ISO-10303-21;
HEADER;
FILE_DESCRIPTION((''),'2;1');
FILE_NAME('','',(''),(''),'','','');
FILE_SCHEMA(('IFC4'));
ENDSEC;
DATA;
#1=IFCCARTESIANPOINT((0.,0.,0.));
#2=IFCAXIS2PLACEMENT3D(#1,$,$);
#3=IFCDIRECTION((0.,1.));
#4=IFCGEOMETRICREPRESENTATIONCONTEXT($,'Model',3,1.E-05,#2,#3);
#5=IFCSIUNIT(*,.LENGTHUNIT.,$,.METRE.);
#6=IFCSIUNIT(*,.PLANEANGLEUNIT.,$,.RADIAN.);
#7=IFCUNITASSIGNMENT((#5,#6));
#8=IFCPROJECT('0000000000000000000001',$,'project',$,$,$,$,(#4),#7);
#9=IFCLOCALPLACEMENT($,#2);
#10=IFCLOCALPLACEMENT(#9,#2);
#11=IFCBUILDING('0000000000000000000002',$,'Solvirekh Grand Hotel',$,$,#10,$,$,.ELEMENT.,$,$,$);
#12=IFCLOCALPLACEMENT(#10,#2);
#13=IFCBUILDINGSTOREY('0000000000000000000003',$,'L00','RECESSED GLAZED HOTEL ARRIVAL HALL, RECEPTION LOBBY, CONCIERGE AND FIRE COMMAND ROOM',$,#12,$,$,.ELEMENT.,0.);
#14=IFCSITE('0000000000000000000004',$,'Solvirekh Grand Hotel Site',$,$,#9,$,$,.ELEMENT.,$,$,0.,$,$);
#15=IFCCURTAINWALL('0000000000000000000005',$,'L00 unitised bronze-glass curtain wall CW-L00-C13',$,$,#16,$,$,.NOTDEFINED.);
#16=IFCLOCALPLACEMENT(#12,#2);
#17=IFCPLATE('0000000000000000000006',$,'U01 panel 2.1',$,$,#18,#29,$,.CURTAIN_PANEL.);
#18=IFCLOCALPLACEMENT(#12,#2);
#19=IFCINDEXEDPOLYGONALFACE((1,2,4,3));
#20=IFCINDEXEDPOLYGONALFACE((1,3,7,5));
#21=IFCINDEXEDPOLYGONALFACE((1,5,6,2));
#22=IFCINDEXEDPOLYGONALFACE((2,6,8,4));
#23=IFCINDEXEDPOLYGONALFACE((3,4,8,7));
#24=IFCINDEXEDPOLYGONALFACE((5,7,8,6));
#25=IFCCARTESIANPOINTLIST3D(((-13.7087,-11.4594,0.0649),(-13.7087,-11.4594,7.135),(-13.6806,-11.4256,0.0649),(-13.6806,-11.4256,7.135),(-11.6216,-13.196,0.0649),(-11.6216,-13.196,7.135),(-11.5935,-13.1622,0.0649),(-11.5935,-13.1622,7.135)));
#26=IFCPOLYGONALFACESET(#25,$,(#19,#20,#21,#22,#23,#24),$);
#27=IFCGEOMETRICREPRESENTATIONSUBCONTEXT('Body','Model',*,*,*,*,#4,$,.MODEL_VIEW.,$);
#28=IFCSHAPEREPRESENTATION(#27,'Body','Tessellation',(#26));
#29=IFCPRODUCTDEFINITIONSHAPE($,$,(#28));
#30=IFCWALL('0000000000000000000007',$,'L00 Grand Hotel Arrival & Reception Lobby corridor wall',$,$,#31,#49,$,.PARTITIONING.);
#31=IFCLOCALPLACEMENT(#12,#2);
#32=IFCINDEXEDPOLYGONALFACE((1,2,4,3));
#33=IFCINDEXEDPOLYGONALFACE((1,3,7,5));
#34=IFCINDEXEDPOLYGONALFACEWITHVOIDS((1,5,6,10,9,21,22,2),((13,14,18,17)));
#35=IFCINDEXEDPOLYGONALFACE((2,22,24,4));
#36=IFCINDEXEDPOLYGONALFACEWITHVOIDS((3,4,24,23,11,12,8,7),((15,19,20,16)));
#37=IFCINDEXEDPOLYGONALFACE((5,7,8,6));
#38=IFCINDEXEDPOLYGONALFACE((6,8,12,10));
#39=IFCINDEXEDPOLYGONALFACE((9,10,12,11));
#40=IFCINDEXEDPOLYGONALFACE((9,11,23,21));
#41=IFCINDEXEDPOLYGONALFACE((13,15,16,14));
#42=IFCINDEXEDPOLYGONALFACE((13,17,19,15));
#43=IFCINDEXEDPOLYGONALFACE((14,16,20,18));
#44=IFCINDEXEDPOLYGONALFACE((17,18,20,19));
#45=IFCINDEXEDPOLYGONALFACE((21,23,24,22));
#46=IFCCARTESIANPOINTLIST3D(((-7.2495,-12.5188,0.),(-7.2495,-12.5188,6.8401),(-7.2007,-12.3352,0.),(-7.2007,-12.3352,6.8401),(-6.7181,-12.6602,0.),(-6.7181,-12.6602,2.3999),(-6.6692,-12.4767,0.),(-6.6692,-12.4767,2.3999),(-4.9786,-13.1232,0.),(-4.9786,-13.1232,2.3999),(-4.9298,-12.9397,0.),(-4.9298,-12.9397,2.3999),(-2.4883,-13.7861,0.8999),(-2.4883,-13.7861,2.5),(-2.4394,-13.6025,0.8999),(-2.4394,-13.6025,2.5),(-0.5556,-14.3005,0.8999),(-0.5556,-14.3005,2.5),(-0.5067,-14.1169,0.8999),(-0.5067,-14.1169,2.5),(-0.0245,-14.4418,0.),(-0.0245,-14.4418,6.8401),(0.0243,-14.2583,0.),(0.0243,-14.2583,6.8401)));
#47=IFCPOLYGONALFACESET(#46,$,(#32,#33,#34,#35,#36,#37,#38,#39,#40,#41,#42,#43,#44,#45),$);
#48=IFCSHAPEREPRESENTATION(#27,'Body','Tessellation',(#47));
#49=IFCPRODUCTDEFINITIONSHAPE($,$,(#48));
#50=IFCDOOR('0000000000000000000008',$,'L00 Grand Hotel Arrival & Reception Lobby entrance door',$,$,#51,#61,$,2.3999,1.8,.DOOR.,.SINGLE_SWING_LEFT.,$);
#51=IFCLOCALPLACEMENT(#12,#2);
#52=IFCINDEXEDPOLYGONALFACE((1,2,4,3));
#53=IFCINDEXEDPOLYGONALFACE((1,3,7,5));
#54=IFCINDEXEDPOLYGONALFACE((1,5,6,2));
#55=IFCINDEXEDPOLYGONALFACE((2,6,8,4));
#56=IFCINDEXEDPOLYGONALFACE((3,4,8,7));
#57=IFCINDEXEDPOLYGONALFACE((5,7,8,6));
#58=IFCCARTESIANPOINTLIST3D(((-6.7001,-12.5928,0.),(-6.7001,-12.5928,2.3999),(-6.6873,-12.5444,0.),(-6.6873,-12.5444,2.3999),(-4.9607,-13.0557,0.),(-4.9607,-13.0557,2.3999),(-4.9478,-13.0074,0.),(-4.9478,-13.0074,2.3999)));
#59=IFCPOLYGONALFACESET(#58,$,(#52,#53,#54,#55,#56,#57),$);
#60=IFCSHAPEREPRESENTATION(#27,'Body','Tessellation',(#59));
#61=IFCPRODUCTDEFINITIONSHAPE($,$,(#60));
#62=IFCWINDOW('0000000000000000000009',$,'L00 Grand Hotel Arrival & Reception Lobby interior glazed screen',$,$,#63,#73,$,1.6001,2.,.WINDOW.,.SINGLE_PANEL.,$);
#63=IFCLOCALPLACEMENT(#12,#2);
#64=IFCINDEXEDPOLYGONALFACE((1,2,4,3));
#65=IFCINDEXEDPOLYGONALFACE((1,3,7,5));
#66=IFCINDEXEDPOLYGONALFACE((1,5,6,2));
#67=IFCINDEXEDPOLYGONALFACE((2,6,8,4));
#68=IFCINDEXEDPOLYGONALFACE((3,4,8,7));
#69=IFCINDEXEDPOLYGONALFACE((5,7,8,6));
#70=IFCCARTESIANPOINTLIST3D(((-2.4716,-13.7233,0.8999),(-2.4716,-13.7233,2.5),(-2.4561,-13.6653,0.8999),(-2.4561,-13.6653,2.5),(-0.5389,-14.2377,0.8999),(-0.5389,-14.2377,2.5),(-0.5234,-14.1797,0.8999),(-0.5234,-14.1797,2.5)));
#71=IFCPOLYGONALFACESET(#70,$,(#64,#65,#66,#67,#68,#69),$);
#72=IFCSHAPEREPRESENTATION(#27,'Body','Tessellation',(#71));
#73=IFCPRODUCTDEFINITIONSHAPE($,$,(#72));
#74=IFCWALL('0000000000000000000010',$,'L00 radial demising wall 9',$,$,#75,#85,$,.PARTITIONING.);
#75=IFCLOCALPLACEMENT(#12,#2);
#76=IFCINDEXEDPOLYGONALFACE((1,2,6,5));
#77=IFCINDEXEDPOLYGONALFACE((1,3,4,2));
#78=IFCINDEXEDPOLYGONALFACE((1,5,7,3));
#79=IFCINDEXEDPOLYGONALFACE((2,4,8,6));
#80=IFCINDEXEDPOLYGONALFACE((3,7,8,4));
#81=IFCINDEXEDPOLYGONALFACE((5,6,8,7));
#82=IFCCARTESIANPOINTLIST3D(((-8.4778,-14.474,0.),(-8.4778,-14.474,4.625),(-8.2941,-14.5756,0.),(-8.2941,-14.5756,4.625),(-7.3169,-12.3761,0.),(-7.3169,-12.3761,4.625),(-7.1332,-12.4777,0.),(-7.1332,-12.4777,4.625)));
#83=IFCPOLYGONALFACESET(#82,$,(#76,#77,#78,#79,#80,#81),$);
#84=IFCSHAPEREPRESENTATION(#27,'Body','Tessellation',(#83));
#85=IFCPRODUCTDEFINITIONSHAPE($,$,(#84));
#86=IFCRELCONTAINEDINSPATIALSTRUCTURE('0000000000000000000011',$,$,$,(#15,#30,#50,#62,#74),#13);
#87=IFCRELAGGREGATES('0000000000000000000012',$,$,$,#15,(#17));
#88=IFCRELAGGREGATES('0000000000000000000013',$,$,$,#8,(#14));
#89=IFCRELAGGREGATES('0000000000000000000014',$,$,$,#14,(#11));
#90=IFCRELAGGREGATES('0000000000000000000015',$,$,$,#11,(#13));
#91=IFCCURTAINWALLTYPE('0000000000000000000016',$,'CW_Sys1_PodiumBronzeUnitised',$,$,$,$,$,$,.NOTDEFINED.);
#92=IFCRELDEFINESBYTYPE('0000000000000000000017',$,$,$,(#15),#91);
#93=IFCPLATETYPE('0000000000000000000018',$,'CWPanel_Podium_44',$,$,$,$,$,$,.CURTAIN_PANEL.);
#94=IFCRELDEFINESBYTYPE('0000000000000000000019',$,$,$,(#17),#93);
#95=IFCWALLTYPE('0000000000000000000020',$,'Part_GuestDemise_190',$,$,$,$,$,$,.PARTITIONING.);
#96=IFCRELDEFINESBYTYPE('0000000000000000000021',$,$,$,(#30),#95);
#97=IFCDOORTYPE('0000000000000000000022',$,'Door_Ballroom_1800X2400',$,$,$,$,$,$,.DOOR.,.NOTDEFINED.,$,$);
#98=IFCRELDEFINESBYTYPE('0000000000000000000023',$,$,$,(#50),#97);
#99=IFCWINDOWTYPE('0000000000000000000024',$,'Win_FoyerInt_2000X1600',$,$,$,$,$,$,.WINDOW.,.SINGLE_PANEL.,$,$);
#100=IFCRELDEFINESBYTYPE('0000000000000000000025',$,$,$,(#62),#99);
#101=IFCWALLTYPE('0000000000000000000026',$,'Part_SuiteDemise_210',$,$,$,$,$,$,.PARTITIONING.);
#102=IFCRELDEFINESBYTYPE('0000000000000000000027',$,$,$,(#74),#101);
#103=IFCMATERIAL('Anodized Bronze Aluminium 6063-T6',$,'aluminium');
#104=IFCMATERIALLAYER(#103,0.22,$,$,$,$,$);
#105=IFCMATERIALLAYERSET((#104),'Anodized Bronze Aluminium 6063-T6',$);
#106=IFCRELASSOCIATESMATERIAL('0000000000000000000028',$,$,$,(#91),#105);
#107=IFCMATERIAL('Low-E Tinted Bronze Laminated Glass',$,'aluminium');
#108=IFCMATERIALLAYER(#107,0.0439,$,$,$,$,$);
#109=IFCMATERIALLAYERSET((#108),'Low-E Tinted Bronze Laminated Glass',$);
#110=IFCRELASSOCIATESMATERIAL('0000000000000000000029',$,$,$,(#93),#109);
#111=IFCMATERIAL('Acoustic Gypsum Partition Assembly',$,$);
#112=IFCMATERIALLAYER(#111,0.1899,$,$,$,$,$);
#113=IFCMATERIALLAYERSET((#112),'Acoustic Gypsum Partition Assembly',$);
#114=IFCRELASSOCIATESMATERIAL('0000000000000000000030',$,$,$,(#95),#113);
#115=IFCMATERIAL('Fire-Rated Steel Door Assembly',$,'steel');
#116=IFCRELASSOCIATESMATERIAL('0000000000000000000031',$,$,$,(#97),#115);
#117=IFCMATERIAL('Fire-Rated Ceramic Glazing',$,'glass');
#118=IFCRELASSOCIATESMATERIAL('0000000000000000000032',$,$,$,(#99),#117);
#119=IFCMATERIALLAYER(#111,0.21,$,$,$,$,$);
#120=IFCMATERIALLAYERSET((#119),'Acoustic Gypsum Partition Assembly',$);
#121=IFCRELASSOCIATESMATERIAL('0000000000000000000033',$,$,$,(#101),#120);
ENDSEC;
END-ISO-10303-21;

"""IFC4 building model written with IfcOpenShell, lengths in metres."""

from ifc_helpers import new_model, si_unit, direction, frame, frame_2d, origin, origin_2d, place, context, subcontext, project, spatial, rectangle, extrude, source, transform, mapped, material, layer, layer_set, type_object, element, fill, aggregate, save


model = new_model("IFC4")

# Units and contexts
model_context = context("Model", 3, precision=1e-05, world=origin(), true_north=direction((0.0, 1.0)))
body_context = subcontext(model_context, "Body", "Model", "MODEL_VIEW")
ifc_project = project(units=[si_unit("LENGTHUNIT", "METRE"), si_unit("PLANEANGLEUNIT", "RADIAN")], contexts=[model_context])

# Site, building, storey
site_placement = place(None, origin())
site = spatial("IfcSite", under=ifc_project, at=site_placement, Name="Solvirekh Grand Hotel Site", CompositionType="ELEMENT", RefElevation=0.0)
building_placement = place(site_placement, origin())
building = spatial("IfcBuilding", under=site, at=building_placement, Name="Solvirekh Grand Hotel", CompositionType="ELEMENT")
storey_placement = place(building_placement, origin())
storey = spatial("IfcBuildingStorey", under=building, at=storey_placement, Name="L00", Description="RECESSED GLAZED HOTEL ARRIVAL HALL, RECEPTION LOBBY, CONCIERGE AND FIRE COMMAND ROOM", CompositionType="ELEMENT", Elevation=0.0)

# Curtain wall
ifc_material_1 = material(Name="Anodized Bronze Aluminium 6063-T6", Category="aluminium")
ifc_layer_1 = layer(ifc_material_1, 0.22)
ifc_layer_set_1 = layer_set([ifc_layer_1], Name="Anodized Bronze Aluminium 6063-T6")
curtain_wall_type = type_object("IfcCurtainWallType", Name="CW_Sys1_PodiumBronzeUnitised", PredefinedType="NOTDEFINED", material=ifc_layer_set_1)
curtain_wall_placement = place(storey_placement, origin())
curtain_wall = element("IfcCurtainWall", 1, at=curtain_wall_placement, inside=storey, type_object=curtain_wall_type, Name="L00 unitised bronze-glass curtain wall CW-L00-C13", PredefinedType="NOTDEFINED")

# Plate
ifc_material_2 = material(Name="Low-E Tinted Bronze Laminated Glass", Category="aluminium")
ifc_layer_2 = layer(ifc_material_2, 0.0439)
ifc_layer_set_2 = layer_set([ifc_layer_2], Name="Low-E Tinted Bronze Laminated Glass")
plate_type_1 = type_object("IfcPlateType", Name="CWPanel_Podium_44", PredefinedType="CURTAIN_PANEL", material=ifc_layer_set_2)
shared_shape_1 = source(origin(), body_context, "Body", "SweptSolid", [
    extrude(rectangle(XDim=2.7151, YDim=0.0439, at=origin_2d()), origin(), (0.0, 0.0, 1.0), 7.0701),
])
plate_1_placement = place(storey_placement, frame((-12.6511, -12.3108, 0.0649), z_axis=(0.0, 0.0, 1.0), x_axis=(0.768699, -0.63961, 0.0)))
plate_1 = element("IfcPlate", 2, at=plate_1_placement, type_object=plate_type_1, Name="U01 panel 2.1", PredefinedType="CURTAIN_PANEL", context=body_context, shape_type="MappedRepresentation", body=[
    mapped(shared_shape_1, transform((0.0, 0.0, 0.0), x_axis=(1.0, 0.0, 0.0), y_axis=(0.0, 1.0, 0.0), z_axis=(0.0, 0.0, 1.0), scale=1.0)),
])
aggregate(curtain_wall, [plate_1])

# Wall, openings, door, window
ifc_material_3 = material(Name="Acoustic Gypsum Partition Assembly")
ifc_layer_3 = layer(ifc_material_3, 0.1899)
ifc_layer_set_3 = layer_set([ifc_layer_3], Name="Acoustic Gypsum Partition Assembly")
wall_type_1 = type_object("IfcWallType", Name="Part_GuestDemise_190", PredefinedType="PARTITIONING", material=ifc_layer_set_3)
wall_1_placement = place(storey_placement, frame((-7.2251, -12.427, 0.0), z_axis=(0.0, 0.0, 1.0), x_axis=(0.966355, -0.257213, 0.0)))
wall_1 = element("IfcWall", 3, at=wall_1_placement, inside=storey, type_object=wall_type_1, Name="L00 Grand Hotel Arrival & Reception Lobby corridor wall", PredefinedType="PARTITIONING", context=body_context, shape_type="SweptSolid", body=[
    extrude(rectangle(XDim=7.4766, YDim=0.1899, at=frame_2d((3.7383, 0.0))), origin(), (0.0, 0.0, 1.0), 6.8401),
])
opening_1_placement = place(wall_1_placement, frame((0.55, 0.0, 0.0)))
opening_1 = element("IfcOpeningElement", 4, at=opening_1_placement, cuts=wall_1, PredefinedType="OPENING", context=body_context, shape_type="SweptSolid", body=[
    extrude(rectangle(XDim=1.8, YDim=2.3999, at=frame_2d((0.8999, 1.2))), frame((0.0, 0.105, 0.0), z_axis=(0.0, -1.0, 0.0), x_axis=(1.0, 0.0, 0.0)), (0.0, 0.0, 1.0), 0.21),
])
opening_2_placement = place(wall_1_placement, frame((4.927, 0.0, 0.8999)))
opening_2 = element("IfcOpeningElement", 5, at=opening_2_placement, cuts=wall_1, PredefinedType="OPENING", context=body_context, shape_type="SweptSolid", body=[
    extrude(rectangle(XDim=2.0, YDim=1.6001, at=frame_2d((1.0, 0.8))), frame((0.0, 0.105, 0.0), z_axis=(0.0, -1.0, 0.0), x_axis=(1.0, 0.0, 0.0)), (0.0, 0.0, 1.0), 0.21),
])
ifc_material_4 = material(Name="Fire-Rated Steel Door Assembly", Category="steel")
door_type = type_object("IfcDoorType", Name="Door_Ballroom_1800X2400", OperationType="NOTDEFINED", PredefinedType="DOOR", material=ifc_material_4)
door_placement = place(opening_1_placement, origin())
door = element("IfcDoor", 6, at=door_placement, inside=storey, type_object=door_type, Name="L00 Grand Hotel Arrival & Reception Lobby entrance door", OperationType="SINGLE_SWING_LEFT", OverallHeight=2.3999, OverallWidth=1.8, PredefinedType="DOOR", context=body_context, shape_type="SweptSolid", body=[
    extrude(rectangle(XDim=1.8, YDim=2.3999, at=frame_2d((0.8999, 1.2))), frame((0.0, 0.0249, 0.0), z_axis=(0.0, -1.0, 0.0), x_axis=(1.0, 0.0, 0.0)), (0.0, 0.0, 1.0), 0.05),
])
fill(opening_1, door)
ifc_material_5 = material(Name="Fire-Rated Ceramic Glazing", Category="glass")
window_type = type_object("IfcWindowType", Name="Win_FoyerInt_2000X1600", PartitioningType="SINGLE_PANEL", PredefinedType="WINDOW", material=ifc_material_5)
window_placement = place(opening_2_placement, origin())
window = element("IfcWindow", 7, at=window_placement, inside=storey, type_object=window_type, Name="L00 Grand Hotel Arrival & Reception Lobby interior glazed screen", OverallHeight=1.6001, OverallWidth=2.0, PartitioningType="SINGLE_PANEL", PredefinedType="WINDOW", context=body_context, shape_type="SweptSolid", body=[
    extrude(rectangle(XDim=2.0, YDim=1.6001, at=frame_2d((1.0, 0.8))), frame((0.0, 0.03, 0.0), z_axis=(0.0, -1.0, 0.0), x_axis=(1.0, 0.0, 0.0)), (0.0, 0.0, 1.0), 0.0601),
])
fill(opening_2, window)

# Wall
ifc_layer_4 = layer(ifc_material_3, 0.21)
ifc_layer_set_4 = layer_set([ifc_layer_4], Name="Acoustic Gypsum Partition Assembly")
wall_type_2 = type_object("IfcWallType", Name="Part_SuiteDemise_210", PredefinedType="PARTITIONING", material=ifc_layer_set_4)
wall_2_placement = place(storey_placement, frame((-7.2251, -12.427, 0.0), z_axis=(0.0, 0.0, 1.0), x_axis=(-0.484173, -0.874973, 0.0)))
element("IfcWall", 8, at=wall_2_placement, inside=storey, type_object=wall_type_2, Name="L00 radial demising wall 9", PredefinedType="PARTITIONING", context=body_context, shape_type="SweptSolid", body=[
    extrude(rectangle(XDim=2.3977, YDim=0.21, at=frame_2d((1.1987, 0.0))), origin(), (0.0, 0.0, 1.0), 4.625),
])

save(model, "model.ifc")
